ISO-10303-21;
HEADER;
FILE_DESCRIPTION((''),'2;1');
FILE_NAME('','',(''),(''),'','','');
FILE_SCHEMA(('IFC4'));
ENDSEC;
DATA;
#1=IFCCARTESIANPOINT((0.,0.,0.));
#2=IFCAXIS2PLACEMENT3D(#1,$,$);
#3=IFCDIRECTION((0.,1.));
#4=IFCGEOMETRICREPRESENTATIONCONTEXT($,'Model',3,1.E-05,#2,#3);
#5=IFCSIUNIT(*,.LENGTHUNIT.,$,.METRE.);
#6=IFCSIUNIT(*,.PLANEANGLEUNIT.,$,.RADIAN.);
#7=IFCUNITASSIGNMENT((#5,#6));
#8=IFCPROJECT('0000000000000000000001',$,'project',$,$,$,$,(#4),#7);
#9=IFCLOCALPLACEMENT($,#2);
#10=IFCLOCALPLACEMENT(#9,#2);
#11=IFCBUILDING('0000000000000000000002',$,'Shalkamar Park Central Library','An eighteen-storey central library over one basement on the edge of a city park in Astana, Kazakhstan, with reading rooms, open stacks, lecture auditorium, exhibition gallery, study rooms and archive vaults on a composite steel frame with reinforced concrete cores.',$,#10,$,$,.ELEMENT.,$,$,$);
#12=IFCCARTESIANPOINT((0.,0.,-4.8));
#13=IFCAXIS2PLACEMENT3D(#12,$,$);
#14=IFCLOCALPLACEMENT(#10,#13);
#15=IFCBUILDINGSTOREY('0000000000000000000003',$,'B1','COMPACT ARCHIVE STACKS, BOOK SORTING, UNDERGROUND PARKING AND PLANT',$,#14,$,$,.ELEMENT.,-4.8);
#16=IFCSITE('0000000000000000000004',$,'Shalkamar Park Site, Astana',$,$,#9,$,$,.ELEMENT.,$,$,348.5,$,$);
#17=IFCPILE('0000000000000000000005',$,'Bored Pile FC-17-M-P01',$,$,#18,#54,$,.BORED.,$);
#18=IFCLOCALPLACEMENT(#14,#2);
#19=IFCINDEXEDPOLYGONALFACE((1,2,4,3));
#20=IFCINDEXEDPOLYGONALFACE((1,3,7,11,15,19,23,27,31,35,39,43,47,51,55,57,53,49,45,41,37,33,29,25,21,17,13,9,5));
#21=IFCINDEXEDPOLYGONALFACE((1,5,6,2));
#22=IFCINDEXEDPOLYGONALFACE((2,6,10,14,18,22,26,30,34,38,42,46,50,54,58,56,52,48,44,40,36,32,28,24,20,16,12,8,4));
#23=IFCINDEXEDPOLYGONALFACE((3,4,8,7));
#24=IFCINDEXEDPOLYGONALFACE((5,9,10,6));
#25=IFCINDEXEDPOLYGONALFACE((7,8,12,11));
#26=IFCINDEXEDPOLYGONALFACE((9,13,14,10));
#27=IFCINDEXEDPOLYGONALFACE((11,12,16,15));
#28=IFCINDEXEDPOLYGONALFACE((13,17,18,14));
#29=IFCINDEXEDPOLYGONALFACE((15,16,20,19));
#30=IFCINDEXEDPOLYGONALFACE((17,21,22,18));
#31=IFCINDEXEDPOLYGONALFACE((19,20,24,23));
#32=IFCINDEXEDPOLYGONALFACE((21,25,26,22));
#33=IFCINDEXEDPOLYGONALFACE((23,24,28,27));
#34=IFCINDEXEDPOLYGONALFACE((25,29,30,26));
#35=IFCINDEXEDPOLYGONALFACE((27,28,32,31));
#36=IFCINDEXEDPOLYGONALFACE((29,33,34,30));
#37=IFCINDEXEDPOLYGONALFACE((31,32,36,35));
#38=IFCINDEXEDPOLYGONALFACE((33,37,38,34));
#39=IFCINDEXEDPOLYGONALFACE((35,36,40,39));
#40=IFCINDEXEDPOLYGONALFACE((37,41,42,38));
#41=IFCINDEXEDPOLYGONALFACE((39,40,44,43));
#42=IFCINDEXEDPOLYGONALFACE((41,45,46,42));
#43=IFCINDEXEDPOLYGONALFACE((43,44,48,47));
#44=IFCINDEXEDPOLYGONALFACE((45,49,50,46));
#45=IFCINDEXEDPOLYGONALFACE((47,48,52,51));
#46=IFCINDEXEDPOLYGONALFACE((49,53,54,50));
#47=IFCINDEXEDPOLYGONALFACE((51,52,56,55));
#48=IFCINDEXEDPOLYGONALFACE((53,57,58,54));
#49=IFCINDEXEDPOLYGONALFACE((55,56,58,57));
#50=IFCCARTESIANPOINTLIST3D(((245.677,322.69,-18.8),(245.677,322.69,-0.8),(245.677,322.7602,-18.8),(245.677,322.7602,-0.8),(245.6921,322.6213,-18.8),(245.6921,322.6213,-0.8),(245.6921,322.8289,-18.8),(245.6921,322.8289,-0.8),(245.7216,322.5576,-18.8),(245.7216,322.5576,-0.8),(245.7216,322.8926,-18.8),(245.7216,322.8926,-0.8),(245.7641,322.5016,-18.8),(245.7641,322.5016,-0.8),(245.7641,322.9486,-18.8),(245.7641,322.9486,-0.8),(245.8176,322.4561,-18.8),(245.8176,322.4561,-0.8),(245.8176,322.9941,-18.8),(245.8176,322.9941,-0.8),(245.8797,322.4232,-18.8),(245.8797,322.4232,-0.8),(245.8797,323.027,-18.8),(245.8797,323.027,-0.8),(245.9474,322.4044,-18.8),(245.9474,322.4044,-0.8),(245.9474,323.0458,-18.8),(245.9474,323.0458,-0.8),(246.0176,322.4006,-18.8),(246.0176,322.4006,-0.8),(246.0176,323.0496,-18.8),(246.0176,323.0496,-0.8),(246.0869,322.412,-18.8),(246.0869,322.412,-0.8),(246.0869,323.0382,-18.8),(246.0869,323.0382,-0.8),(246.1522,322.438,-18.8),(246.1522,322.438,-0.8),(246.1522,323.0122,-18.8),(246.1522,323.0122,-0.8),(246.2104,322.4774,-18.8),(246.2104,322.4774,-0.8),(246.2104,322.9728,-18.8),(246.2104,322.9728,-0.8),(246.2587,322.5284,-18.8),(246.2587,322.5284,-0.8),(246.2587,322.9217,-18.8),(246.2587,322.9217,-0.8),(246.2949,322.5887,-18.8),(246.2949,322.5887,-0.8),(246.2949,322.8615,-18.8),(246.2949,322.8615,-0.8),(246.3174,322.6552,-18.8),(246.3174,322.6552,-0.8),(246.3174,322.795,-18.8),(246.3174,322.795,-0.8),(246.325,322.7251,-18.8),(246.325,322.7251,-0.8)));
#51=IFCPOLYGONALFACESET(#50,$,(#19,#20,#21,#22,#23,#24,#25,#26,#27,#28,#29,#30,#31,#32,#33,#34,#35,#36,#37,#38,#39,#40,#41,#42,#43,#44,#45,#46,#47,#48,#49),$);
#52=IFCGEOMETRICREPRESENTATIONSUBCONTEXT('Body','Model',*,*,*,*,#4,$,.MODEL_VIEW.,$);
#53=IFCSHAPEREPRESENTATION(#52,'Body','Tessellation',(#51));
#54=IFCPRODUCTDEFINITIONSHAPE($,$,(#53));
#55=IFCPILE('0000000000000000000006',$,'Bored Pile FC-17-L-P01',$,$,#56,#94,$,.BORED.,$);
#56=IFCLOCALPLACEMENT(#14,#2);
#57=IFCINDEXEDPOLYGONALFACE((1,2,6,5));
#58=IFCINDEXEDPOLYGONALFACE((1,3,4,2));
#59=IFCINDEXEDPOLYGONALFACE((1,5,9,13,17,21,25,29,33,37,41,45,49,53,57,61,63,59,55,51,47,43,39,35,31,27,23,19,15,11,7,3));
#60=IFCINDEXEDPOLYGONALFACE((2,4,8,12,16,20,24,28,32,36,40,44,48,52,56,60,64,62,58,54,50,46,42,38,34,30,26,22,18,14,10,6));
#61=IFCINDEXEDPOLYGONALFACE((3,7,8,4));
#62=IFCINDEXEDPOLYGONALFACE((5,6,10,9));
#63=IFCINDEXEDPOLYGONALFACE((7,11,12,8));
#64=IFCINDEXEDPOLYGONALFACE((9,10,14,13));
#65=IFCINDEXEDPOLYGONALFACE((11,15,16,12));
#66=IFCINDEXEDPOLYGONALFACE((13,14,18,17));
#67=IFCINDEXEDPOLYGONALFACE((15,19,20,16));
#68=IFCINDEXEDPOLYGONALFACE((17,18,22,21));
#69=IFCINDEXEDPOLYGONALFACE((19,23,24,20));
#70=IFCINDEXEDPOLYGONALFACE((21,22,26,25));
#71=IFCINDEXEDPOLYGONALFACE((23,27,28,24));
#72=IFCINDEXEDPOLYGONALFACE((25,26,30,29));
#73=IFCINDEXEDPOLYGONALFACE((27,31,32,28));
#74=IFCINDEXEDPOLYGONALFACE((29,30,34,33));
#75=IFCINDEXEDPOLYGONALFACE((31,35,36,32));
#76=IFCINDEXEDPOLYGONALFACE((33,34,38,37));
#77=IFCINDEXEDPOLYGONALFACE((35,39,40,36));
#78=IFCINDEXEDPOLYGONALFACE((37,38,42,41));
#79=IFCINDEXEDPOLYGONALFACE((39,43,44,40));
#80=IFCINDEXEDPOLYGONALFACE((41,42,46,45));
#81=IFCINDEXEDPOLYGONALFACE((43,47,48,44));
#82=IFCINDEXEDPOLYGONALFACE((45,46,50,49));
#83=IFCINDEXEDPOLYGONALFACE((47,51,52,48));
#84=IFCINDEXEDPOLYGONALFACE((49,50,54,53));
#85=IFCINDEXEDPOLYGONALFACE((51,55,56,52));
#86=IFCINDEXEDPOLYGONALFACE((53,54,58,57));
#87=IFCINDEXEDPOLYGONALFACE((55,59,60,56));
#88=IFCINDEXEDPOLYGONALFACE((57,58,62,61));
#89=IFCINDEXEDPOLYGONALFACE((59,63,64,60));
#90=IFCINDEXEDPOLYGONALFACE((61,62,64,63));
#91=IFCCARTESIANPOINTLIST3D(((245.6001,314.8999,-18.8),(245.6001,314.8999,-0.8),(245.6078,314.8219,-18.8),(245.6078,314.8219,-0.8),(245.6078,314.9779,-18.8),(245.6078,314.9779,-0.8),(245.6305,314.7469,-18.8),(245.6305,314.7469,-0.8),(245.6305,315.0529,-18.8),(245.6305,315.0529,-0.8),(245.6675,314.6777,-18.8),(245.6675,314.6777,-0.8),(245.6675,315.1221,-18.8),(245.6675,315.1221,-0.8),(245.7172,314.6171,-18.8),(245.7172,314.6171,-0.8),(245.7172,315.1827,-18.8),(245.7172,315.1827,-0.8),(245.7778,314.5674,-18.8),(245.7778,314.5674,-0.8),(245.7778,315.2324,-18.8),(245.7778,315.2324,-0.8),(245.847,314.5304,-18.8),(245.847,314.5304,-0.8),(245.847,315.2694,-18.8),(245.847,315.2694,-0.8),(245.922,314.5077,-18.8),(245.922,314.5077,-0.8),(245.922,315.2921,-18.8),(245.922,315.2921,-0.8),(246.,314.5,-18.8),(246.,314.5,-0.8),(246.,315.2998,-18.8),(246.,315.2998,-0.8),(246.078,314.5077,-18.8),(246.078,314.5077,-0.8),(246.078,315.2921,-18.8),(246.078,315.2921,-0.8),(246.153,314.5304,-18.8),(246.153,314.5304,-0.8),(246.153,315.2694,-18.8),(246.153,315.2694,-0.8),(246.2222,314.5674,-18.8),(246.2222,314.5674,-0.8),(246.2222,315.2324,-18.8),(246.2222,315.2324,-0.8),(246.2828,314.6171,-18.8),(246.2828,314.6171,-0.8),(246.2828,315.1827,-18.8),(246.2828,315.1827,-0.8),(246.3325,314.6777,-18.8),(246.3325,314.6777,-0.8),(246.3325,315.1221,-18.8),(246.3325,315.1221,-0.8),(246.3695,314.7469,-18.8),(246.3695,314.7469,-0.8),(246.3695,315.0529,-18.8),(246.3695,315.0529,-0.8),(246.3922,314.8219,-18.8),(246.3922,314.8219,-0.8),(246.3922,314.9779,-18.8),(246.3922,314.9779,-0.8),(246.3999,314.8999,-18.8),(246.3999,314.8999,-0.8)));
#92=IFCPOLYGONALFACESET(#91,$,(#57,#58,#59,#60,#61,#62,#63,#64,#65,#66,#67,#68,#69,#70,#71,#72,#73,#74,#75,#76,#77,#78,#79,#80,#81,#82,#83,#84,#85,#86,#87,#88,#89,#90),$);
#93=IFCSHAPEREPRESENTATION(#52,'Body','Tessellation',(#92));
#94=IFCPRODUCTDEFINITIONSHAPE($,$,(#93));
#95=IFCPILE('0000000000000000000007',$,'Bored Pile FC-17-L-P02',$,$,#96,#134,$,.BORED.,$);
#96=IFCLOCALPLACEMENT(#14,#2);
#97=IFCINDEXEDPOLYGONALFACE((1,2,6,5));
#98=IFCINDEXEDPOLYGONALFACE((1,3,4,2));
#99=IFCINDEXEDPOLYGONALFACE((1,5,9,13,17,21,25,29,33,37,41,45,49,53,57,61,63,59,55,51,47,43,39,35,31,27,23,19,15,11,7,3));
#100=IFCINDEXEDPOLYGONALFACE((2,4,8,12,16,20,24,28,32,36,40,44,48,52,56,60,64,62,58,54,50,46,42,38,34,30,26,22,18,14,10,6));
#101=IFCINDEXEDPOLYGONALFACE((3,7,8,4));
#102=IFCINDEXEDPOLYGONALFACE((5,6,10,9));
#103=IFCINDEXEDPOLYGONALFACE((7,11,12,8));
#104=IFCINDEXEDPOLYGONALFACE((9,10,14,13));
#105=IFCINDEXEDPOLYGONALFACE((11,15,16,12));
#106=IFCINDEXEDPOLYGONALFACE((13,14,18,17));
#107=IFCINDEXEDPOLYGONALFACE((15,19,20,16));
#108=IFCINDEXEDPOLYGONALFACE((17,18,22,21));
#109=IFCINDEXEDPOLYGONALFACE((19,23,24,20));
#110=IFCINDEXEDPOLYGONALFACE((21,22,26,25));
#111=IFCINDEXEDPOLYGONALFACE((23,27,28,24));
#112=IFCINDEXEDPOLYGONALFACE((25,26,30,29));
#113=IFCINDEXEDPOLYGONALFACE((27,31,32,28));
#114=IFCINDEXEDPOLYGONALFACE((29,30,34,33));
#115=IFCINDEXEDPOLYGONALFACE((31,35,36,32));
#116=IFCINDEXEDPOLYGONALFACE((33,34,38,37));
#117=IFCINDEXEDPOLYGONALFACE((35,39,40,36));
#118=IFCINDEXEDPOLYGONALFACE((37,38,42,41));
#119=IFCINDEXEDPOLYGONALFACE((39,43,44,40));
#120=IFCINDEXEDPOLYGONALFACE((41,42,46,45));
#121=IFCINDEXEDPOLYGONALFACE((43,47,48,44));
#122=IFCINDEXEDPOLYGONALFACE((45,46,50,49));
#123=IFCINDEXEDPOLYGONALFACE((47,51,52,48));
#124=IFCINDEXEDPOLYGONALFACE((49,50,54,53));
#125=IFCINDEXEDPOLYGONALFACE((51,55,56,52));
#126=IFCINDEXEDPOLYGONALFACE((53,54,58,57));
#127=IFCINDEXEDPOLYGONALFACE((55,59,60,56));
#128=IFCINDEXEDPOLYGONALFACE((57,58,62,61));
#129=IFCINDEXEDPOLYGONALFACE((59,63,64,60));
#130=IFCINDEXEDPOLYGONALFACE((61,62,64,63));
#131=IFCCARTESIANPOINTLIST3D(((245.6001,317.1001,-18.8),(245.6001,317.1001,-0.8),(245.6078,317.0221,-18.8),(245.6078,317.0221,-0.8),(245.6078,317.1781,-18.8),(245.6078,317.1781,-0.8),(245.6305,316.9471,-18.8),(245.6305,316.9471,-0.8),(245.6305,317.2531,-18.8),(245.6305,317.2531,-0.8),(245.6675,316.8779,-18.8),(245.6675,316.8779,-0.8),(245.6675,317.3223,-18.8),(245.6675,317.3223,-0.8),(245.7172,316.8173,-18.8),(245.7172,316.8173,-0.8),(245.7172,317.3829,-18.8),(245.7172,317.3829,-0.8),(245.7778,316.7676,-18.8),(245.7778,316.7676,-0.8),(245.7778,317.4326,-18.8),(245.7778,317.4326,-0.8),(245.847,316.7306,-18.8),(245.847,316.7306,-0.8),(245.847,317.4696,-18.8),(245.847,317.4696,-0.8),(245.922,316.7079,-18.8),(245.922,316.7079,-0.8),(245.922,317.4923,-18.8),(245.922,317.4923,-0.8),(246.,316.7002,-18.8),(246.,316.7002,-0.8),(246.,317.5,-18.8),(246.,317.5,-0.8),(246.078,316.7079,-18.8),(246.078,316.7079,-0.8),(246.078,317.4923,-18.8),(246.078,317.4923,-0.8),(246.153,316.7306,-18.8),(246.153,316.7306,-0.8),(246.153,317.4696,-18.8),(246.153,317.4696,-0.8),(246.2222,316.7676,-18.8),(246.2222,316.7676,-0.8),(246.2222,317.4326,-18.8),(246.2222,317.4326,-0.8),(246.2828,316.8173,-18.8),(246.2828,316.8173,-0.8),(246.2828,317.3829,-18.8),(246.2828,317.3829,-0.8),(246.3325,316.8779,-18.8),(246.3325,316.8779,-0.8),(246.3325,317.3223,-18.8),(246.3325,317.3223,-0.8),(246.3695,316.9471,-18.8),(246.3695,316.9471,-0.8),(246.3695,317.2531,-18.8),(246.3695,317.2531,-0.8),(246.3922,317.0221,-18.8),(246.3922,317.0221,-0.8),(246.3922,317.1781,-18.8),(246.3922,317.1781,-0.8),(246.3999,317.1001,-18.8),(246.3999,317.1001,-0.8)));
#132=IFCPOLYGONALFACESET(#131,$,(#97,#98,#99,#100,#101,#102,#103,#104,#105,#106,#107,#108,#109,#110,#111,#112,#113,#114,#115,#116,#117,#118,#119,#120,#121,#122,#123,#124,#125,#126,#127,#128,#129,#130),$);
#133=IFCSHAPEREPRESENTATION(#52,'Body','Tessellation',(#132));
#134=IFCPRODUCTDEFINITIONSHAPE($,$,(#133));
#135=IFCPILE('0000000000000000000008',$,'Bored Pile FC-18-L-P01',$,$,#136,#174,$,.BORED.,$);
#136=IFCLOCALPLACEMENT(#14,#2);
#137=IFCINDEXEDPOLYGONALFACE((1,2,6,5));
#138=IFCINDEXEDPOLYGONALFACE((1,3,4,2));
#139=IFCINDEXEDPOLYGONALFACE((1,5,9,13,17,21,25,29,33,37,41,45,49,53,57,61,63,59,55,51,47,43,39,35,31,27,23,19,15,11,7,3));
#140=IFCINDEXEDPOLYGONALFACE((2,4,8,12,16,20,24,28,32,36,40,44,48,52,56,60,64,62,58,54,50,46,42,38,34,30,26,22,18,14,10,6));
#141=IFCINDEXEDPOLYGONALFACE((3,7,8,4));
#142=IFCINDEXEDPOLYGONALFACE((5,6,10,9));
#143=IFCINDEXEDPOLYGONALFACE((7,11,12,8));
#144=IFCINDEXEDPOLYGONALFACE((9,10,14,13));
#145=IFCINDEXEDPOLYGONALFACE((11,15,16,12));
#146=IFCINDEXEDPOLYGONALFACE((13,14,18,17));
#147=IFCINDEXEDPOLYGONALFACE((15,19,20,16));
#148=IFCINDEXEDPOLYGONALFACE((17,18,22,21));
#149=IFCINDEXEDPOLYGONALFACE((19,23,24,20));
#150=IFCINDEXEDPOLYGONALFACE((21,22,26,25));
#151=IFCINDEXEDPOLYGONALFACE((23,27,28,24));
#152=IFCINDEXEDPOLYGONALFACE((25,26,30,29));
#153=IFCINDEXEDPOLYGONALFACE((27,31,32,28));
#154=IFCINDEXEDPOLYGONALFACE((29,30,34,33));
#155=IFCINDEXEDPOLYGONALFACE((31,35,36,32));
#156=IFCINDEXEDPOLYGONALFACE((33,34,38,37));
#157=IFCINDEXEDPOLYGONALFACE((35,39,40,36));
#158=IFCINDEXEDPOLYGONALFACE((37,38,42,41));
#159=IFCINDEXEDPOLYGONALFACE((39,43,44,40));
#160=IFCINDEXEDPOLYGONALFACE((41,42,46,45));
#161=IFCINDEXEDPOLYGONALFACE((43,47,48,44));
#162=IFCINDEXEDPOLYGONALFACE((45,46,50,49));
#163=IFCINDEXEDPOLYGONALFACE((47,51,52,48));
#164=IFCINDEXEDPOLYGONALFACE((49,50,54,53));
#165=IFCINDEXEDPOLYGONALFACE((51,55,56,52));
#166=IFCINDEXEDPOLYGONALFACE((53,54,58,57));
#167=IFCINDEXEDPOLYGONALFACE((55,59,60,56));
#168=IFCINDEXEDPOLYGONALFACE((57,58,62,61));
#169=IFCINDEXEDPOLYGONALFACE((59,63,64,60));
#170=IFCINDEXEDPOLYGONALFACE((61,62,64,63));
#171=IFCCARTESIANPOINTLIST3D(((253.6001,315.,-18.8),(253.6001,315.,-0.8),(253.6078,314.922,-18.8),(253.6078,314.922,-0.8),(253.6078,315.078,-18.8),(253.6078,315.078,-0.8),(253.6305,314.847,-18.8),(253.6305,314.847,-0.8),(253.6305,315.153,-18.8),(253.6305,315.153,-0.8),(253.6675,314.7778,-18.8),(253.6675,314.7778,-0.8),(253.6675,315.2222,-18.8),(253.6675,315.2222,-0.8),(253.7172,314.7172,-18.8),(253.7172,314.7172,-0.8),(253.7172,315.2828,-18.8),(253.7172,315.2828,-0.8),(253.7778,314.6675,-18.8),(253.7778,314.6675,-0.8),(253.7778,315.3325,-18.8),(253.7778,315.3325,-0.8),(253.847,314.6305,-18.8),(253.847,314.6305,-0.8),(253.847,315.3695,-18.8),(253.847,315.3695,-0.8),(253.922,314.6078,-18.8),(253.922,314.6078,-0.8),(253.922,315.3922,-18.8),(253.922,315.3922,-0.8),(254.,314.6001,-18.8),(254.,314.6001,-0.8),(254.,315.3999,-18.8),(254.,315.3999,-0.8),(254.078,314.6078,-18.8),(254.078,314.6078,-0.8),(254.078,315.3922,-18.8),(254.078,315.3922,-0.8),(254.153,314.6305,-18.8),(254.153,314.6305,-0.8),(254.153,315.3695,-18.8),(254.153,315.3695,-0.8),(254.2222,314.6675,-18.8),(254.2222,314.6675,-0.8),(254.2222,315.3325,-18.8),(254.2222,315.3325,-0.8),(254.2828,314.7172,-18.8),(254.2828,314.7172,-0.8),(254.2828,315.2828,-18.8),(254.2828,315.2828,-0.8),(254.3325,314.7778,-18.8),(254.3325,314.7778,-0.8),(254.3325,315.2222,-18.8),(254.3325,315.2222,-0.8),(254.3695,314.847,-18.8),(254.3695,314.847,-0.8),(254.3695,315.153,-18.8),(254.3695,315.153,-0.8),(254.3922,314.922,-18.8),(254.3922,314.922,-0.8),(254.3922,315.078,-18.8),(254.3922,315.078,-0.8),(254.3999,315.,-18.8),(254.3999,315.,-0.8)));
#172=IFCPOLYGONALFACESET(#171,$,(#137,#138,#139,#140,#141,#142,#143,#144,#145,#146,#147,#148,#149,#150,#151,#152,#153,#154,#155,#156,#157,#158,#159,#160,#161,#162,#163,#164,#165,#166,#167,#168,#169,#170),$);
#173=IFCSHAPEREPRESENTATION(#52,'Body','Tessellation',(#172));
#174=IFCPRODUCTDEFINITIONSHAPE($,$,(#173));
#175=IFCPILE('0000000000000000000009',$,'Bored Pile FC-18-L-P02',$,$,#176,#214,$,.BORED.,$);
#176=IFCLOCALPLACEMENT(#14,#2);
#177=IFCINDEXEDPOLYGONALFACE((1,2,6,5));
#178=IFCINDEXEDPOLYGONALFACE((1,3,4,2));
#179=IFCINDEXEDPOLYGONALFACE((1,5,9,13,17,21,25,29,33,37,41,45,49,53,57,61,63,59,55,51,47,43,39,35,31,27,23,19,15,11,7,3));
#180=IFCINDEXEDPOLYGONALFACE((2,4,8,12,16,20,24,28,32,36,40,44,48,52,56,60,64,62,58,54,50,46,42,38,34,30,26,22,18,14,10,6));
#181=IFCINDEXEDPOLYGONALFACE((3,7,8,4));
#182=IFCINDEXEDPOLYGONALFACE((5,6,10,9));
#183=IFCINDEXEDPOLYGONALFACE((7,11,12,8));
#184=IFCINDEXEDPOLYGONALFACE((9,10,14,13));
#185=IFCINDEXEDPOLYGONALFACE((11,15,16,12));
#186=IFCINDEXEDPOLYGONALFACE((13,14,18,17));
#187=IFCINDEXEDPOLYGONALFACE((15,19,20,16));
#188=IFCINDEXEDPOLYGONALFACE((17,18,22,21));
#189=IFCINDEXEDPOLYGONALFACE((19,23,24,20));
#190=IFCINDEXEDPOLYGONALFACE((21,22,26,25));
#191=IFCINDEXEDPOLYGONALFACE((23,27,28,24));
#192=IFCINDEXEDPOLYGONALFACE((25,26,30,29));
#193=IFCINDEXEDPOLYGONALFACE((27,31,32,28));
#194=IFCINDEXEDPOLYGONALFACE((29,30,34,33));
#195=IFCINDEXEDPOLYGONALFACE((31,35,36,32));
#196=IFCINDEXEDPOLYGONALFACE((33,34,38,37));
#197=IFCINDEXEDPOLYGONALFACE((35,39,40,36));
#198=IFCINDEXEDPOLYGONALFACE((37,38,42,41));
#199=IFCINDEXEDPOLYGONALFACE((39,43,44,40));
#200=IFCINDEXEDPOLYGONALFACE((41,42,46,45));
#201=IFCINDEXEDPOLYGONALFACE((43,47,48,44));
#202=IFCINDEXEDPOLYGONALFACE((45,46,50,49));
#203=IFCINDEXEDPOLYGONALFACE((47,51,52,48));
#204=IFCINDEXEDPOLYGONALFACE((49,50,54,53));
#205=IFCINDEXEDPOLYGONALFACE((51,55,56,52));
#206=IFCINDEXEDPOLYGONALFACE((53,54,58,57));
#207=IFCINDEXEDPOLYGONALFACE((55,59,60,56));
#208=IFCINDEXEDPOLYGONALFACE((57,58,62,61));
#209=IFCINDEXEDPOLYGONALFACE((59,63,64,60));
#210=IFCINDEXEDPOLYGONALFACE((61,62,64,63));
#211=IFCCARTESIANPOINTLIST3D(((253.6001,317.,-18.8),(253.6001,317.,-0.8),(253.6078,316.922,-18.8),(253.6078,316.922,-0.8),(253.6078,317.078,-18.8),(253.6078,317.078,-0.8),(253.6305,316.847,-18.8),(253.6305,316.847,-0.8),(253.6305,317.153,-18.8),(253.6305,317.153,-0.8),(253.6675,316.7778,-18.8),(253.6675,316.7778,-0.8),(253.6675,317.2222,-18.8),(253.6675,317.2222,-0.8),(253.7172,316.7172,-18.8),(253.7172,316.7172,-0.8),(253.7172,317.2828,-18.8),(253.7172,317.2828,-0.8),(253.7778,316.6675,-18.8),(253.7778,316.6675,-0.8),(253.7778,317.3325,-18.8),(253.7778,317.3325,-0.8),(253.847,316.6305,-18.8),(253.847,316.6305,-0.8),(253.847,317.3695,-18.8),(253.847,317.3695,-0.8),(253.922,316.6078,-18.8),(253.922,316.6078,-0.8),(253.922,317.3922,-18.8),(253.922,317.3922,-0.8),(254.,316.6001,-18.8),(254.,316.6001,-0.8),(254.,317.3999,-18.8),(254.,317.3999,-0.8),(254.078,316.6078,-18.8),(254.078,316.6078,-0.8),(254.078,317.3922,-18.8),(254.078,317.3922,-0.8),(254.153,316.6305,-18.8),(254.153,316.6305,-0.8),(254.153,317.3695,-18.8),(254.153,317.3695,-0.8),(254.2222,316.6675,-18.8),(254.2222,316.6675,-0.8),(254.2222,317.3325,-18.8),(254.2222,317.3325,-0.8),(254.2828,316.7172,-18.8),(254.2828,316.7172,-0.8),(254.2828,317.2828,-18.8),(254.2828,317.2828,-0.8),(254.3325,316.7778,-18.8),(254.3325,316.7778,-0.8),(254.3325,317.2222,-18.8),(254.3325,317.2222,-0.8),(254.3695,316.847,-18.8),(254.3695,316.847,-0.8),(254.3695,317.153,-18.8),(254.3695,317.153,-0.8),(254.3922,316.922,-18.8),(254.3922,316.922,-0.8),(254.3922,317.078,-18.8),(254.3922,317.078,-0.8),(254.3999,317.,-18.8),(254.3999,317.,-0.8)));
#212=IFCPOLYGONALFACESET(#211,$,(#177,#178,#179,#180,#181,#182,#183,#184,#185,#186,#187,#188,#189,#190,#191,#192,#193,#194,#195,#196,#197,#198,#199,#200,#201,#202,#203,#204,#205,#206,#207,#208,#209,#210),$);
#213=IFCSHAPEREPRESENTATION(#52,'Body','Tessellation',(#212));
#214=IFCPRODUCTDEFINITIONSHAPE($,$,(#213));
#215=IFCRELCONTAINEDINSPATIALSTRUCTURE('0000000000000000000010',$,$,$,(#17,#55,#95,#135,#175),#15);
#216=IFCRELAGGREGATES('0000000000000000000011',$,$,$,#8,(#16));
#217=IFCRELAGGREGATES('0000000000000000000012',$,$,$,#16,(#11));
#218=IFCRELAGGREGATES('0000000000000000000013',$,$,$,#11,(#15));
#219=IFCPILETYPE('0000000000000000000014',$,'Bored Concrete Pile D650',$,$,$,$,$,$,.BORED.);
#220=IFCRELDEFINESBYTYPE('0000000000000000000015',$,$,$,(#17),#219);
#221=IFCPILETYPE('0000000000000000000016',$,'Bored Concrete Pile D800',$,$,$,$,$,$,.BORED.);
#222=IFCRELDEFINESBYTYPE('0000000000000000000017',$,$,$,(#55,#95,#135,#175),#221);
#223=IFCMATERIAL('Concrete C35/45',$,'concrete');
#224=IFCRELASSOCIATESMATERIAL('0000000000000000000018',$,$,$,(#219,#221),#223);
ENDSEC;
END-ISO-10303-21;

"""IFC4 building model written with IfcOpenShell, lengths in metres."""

from ifc_helpers import new_model, si_unit, direction, frame, origin, origin_2d, place, context, subcontext, project, spatial, circle, extrude, material, material_profile, profile_set, type_object, element, save


model = new_model("IFC4")

# Units and contexts
model_context = context("Model", 3, precision=1e-05, world=origin(), true_north=direction((0.0, 1.0)))
body_context = subcontext(model_context, "Body", "Model", "MODEL_VIEW")
ifc_project = project(units=[si_unit("LENGTHUNIT", "METRE"), si_unit("PLANEANGLEUNIT", "RADIAN")], contexts=[model_context])

# Site, building, storey
site_placement = place(None, origin())
site = spatial("IfcSite", under=ifc_project, at=site_placement, Name="Shalkamar Park Site, Astana", CompositionType="ELEMENT", RefElevation=348.5)
building_placement = place(site_placement, origin())
building = spatial("IfcBuilding", under=site, at=building_placement, Name="Shalkamar Park Central Library", Description="An eighteen-storey central library over one basement on the edge of a city park in Astana, Kazakhstan, with reading rooms, open stacks, lecture auditorium, exhibition gallery, study rooms and archive vaults on a composite steel frame with reinforced concrete cores.", CompositionType="ELEMENT")
storey_placement = place(building_placement, frame((0.0, 0.0, -4.8)))
storey = spatial("IfcBuildingStorey", under=building, at=storey_placement, Name="B1", Description="COMPACT ARCHIVE STACKS, BOOK SORTING, UNDERGROUND PARKING AND PLANT", CompositionType="ELEMENT", Elevation=-4.8)

# Piles
ifc_material_1 = material(Name="Concrete C35/45", Category="concrete")
ifc_material_profile_1 = material_profile(ifc_material_1, circle(Radius=0.325, at=origin_2d()), Name="PILE D650")
ifc_profile_set_1 = profile_set([ifc_material_profile_1], Name="Concrete C35/45")
pile_type_1 = type_object("IfcPileType", Name="Bored Concrete Pile D650", PredefinedType="BORED", material=ifc_profile_set_1)
pile_placement = place(storey_placement, frame((246.0, 322.7251, -0.8), z_axis=(0.0, 0.0, -1.0), x_axis=(1.0, 0.0, 0.0)))
element("IfcPile", 1, at=pile_placement, inside=storey, type_object=pile_type_1, Name="Bored Pile FC-17-M-P01", PredefinedType="BORED", context=body_context, shape_type="SweptSolid", body=[
    extrude(circle(Radius=0.325, at=origin_2d()), origin(), (0.0, 0.0, 1.0), 18.0),
])
ifc_material_profile_2 = material_profile(ifc_material_1, circle(Radius=0.3999, at=origin_2d()), Name="PILE D800")
ifc_profile_set_2 = profile_set([ifc_material_profile_2], Name="Concrete C35/45")
pile_type_2 = type_object("IfcPileType", Name="Bored Concrete Pile D800", PredefinedType="BORED", material=ifc_profile_set_2)
for number, where, z_axis, x_axis, name in (
    (2, (246.0, 314.8999, -0.8), (0.0, 0.0, -1.0), (1.0, 0.0, 0.0), "Bored Pile FC-17-L-P01"),
    (3, (246.0, 317.1001, -0.8), (0.0, 0.0, -1.0), (1.0, 0.0, 0.0), "Bored Pile FC-17-L-P02"),
    (4, (254.0, 315.0, -0.8), (0.0, 0.0, -1.0), (1.0, 0.0, 0.0), "Bored Pile FC-18-L-P01"),
    (5, (254.0, 317.0, -0.8), (0.0, 0.0, -1.0), (1.0, 0.0, 0.0), "Bored Pile FC-18-L-P02"),
):
    element("IfcPile", number, at=place(storey_placement, frame(where, z_axis=z_axis, x_axis=x_axis)), inside=storey, type_object=pile_type_2, Name=name, PredefinedType="BORED", context=body_context, shape_type="SweptSolid", body=[
        extrude(circle(Radius=0.3999, at=origin_2d()), origin(), (0.0, 0.0, 1.0), 18.0),
    ])

save(model, "model.ifc")
